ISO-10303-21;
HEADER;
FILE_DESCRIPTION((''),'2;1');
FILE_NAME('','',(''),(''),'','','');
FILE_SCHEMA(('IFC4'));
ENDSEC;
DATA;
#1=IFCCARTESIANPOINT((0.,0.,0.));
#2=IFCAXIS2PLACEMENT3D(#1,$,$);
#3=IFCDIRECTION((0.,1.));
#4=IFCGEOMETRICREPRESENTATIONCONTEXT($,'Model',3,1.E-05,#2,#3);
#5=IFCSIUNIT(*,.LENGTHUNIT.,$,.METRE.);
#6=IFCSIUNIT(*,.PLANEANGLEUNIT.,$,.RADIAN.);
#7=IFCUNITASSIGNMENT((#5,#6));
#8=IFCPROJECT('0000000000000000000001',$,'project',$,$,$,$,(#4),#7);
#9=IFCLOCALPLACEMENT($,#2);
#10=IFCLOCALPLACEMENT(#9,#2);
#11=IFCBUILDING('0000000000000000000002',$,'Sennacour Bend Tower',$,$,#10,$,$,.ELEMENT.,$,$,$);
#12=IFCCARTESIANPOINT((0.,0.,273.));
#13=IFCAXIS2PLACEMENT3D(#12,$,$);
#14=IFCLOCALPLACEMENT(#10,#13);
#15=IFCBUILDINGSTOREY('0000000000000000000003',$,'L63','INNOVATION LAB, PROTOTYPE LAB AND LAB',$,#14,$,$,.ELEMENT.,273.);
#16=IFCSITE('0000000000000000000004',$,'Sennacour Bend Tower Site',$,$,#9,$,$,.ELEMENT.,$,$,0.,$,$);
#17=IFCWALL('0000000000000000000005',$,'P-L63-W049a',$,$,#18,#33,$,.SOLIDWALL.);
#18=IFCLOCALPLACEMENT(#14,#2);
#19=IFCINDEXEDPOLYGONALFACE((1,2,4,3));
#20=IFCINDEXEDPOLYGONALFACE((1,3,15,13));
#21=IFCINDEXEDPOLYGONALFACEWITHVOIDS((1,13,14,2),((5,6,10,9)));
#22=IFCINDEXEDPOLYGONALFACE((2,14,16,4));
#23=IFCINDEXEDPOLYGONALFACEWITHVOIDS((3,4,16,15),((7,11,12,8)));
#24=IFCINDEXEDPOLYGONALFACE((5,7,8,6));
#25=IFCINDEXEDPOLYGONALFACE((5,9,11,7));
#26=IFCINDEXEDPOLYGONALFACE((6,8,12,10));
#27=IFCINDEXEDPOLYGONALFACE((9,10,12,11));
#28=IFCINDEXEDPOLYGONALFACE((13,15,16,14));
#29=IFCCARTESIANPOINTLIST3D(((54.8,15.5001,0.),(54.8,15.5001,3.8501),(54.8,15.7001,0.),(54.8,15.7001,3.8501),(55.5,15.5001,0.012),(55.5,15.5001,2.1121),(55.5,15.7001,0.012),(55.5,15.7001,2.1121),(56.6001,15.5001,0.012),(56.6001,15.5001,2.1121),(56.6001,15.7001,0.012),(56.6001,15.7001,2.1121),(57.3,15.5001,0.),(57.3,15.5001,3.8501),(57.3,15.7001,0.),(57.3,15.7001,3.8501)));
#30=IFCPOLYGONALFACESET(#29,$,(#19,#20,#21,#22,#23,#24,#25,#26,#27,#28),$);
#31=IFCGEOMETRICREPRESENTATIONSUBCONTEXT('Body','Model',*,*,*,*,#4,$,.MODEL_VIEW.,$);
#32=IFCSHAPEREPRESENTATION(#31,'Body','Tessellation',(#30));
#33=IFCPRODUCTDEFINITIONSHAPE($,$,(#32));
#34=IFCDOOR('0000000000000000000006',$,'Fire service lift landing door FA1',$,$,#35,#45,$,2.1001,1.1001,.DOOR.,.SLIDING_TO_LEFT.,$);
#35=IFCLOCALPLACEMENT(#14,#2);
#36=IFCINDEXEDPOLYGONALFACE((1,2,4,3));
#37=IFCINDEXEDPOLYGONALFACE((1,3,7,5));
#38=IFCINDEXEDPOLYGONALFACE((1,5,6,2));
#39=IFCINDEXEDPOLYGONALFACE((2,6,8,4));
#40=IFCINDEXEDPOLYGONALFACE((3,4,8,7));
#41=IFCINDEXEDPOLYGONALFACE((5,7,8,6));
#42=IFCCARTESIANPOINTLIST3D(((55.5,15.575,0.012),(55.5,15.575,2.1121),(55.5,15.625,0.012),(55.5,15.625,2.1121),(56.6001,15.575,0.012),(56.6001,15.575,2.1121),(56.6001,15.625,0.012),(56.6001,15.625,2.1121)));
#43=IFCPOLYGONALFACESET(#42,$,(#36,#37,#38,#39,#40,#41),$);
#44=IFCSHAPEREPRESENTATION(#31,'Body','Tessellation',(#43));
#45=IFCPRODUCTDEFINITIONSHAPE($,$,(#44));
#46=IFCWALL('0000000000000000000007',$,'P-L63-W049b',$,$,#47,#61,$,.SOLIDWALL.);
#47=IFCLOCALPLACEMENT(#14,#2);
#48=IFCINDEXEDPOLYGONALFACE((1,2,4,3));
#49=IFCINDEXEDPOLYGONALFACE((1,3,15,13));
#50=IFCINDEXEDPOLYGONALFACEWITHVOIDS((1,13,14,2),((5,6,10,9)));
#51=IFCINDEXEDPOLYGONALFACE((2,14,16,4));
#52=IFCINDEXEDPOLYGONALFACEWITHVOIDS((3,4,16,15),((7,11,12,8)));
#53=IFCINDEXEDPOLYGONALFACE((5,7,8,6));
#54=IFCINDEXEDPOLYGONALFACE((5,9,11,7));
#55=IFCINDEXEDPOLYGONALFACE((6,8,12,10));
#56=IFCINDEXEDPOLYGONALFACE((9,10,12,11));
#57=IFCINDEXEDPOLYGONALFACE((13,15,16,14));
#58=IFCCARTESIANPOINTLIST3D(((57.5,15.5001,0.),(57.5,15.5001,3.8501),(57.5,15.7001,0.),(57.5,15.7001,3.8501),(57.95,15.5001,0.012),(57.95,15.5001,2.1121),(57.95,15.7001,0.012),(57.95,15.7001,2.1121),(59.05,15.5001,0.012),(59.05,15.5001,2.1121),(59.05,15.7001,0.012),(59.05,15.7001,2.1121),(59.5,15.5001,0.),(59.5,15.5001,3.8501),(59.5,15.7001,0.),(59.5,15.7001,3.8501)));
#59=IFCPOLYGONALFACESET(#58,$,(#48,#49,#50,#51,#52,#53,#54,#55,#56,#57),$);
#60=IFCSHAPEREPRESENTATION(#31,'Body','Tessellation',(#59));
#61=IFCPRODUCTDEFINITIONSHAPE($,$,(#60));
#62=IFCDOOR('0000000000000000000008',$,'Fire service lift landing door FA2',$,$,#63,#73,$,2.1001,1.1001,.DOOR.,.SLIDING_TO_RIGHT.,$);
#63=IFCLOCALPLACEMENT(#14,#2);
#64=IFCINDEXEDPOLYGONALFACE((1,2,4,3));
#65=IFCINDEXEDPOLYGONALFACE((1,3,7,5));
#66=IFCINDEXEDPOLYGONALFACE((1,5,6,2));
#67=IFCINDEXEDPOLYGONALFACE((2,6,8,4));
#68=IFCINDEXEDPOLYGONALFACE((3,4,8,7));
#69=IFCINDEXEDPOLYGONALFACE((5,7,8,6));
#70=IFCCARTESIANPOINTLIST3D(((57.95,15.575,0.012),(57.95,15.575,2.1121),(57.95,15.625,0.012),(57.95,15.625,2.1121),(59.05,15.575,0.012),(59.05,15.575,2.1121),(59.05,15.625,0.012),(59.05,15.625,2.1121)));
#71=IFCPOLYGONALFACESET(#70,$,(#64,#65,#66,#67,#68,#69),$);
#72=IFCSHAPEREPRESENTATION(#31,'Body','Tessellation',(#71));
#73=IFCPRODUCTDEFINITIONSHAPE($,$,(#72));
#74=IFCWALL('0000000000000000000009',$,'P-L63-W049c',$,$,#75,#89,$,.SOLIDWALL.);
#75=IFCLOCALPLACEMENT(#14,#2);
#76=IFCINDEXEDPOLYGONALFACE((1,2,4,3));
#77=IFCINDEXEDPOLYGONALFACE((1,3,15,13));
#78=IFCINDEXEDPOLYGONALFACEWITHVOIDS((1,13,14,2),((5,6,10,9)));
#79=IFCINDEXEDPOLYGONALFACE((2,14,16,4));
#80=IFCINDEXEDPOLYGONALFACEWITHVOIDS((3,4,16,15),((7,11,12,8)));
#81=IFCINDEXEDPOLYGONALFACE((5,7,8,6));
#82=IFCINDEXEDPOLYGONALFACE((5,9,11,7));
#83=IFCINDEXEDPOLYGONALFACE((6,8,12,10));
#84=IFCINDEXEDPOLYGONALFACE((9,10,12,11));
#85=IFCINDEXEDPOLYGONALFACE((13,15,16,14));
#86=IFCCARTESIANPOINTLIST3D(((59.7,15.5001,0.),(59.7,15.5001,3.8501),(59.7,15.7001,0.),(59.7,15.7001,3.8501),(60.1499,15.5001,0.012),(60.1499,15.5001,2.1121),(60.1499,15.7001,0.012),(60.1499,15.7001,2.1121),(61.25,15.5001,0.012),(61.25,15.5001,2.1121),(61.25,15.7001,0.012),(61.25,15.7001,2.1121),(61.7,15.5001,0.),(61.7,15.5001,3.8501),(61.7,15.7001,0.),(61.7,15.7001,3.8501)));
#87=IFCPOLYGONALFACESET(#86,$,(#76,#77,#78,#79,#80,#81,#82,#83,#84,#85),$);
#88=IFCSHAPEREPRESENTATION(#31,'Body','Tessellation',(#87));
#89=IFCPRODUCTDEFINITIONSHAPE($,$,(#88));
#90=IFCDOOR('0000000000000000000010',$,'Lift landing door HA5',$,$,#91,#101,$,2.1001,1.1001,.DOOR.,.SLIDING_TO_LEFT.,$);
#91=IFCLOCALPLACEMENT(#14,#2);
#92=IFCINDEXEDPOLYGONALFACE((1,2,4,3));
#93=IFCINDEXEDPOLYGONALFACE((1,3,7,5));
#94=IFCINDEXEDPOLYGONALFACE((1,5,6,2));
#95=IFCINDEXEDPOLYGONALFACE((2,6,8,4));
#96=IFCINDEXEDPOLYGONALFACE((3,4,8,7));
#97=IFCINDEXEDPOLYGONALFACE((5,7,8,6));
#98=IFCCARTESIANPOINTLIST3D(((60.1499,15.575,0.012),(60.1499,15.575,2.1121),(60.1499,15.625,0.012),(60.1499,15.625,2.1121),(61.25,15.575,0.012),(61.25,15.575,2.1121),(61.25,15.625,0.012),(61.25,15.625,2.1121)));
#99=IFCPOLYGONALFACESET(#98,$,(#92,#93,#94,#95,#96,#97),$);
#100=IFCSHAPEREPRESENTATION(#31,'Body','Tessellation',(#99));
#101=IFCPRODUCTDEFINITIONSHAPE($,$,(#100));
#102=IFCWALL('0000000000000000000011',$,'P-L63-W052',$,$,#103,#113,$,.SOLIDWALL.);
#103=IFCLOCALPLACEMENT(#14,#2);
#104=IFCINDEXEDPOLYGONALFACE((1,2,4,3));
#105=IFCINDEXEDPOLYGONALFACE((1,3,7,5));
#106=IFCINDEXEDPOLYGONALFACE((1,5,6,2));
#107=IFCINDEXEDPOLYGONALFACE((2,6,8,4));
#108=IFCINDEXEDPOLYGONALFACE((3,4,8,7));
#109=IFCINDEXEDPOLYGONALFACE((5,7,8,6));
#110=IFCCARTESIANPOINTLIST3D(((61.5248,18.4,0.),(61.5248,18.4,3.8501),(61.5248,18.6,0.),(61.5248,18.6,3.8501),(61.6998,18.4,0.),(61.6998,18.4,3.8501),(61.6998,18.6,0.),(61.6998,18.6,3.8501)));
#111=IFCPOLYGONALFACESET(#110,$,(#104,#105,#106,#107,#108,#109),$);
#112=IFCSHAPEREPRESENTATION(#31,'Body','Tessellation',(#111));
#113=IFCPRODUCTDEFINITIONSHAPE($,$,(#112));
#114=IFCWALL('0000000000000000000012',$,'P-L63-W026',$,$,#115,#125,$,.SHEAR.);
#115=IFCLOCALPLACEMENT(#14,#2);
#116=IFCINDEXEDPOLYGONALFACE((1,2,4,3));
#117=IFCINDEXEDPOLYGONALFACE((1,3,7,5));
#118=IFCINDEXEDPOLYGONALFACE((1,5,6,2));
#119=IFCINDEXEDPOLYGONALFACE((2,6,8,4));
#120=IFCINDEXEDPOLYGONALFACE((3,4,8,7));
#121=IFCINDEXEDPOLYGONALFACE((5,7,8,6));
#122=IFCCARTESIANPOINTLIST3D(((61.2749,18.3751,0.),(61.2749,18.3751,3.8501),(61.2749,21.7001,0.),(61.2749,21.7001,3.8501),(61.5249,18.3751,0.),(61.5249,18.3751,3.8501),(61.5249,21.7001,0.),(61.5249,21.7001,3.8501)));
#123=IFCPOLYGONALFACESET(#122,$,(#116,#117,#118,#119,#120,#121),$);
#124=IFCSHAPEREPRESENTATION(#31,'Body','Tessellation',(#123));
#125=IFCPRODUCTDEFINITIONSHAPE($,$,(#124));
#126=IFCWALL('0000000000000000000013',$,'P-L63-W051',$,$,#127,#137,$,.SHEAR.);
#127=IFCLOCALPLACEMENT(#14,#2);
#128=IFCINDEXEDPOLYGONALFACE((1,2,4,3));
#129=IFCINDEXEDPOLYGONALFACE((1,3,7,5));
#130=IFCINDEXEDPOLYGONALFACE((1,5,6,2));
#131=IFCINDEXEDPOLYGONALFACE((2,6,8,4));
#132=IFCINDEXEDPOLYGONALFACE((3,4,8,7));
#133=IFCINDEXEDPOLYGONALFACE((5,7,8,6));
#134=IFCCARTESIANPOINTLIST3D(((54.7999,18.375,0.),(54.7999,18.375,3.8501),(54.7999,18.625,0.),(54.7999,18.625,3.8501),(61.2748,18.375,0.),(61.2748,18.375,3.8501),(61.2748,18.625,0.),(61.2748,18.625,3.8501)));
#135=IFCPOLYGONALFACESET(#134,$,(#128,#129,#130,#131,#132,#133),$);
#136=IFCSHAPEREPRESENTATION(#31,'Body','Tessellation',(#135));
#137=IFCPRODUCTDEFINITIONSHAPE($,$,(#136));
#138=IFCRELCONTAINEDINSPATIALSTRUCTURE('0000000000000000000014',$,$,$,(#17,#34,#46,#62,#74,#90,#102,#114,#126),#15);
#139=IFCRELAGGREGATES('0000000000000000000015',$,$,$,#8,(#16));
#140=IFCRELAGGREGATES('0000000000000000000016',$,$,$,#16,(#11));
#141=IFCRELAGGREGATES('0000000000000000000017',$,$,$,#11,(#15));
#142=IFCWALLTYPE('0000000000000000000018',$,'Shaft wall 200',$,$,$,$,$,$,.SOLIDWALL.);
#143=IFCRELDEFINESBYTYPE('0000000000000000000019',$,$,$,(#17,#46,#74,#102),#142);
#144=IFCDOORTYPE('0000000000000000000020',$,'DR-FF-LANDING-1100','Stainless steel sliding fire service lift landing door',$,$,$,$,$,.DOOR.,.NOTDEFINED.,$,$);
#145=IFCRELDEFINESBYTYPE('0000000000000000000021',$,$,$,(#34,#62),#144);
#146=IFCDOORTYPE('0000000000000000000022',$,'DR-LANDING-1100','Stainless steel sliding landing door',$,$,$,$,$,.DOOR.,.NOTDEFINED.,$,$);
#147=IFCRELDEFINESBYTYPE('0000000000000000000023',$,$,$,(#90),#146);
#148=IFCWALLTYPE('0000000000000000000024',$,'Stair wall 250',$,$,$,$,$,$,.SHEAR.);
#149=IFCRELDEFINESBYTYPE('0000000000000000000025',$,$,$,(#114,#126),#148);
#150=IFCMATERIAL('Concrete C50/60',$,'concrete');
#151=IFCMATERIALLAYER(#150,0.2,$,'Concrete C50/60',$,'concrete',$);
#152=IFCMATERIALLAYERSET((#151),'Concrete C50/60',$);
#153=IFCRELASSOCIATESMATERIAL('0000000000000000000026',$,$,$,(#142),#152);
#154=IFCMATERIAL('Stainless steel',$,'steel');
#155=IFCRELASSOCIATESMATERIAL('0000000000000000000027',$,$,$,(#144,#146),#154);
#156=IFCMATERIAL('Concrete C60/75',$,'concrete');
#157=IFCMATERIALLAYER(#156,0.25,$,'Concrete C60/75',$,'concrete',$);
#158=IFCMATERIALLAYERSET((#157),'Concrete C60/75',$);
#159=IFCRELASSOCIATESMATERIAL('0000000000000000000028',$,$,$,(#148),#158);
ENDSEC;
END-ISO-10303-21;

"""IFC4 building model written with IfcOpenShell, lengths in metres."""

from ifc_helpers import new_model, si_unit, direction, frame, frame_2d, origin, place, context, subcontext, project, spatial, rectangle, extrude, material, layer, layer_set, type_object, element, fill, save


model = new_model("IFC4")

# Units and contexts
model_context = context("Model", 3, precision=1e-05, world=origin(), true_north=direction((0.0, 1.0)))
body_context = subcontext(model_context, "Body", "Model", "MODEL_VIEW")
ifc_project = project(units=[si_unit("LENGTHUNIT", "METRE"), si_unit("PLANEANGLEUNIT", "RADIAN")], contexts=[model_context])

# Site, building, storey
site_placement = place(None, origin())
site = spatial("IfcSite", under=ifc_project, at=site_placement, Name="Sennacour Bend Tower Site", CompositionType="ELEMENT", RefElevation=0.0)
building_placement = place(site_placement, origin())
building = spatial("IfcBuilding", under=site, at=building_placement, Name="Sennacour Bend Tower", CompositionType="ELEMENT")
storey_placement = place(building_placement, frame((0.0, 0.0, 273.0)))
storey = spatial("IfcBuildingStorey", under=building, at=storey_placement, Name="L63", Description="INNOVATION LAB, PROTOTYPE LAB AND LAB", CompositionType="ELEMENT", Elevation=273.0)

# Shared definitions
ifc_material_1 = material(Name="Concrete C50/60", Category="concrete")
ifc_layer_1 = layer(ifc_material_1, 0.2, Name="Concrete C50/60", Category="concrete")
ifc_layer_set_1 = layer_set([ifc_layer_1], Name="Concrete C50/60")
wall_type_1 = type_object("IfcWallType", Name="Shaft wall 200", PredefinedType="SOLIDWALL", material=ifc_layer_set_1)

# Walls, openings, doors
wall_1_placement = place(storey_placement, frame((54.8, 15.6001, 0.0), z_axis=(0.0, 0.0, 1.0), x_axis=(1.0, 0.0, 0.0)))
wall_1 = element("IfcWall", 1, at=wall_1_placement, inside=storey, type_object=wall_type_1, Name="P-L63-W049a", PredefinedType="SOLIDWALL", context=body_context, shape_type="SweptSolid", body=[
    extrude(rectangle(XDim=2.5, YDim=0.2, at=frame_2d((1.25, 0.0))), origin(), (0.0, 0.0, 1.0), 3.8501),
])
opening_1_placement = place(wall_1_placement, frame((0.7, 0.0, 0.012)))
opening_1 = element("IfcOpeningElement", 2, at=opening_1_placement, cuts=wall_1, PredefinedType="OPENING", context=body_context, shape_type="SweptSolid", body=[
    extrude(rectangle(XDim=1.1001, YDim=2.1001, at=frame_2d((0.55, 1.05))), frame((0.0, 0.1099, 0.0), z_axis=(0.0, -1.0, 0.0), x_axis=(1.0, 0.0, 0.0)), (0.0, 0.0, 1.0), 0.22),
])
ifc_material_2 = material(Name="Stainless steel", Category="steel")
door_type_1 = type_object("IfcDoorType", Name="DR-FF-LANDING-1100", Description="Stainless steel sliding fire service lift landing door", OperationType="NOTDEFINED", PredefinedType="DOOR", material=ifc_material_2)
door_1_placement = place(opening_1_placement, origin())
door_1 = element("IfcDoor", 3, at=door_1_placement, inside=storey, type_object=door_type_1, Name="Fire service lift landing door FA1", OperationType="SLIDING_TO_LEFT", OverallHeight=2.1001, OverallWidth=1.1001, PredefinedType="DOOR", context=body_context, shape_type="SweptSolid", body=[
    extrude(rectangle(XDim=1.1001, YDim=2.1001, at=frame_2d((0.55, 1.05))), frame((0.0, 0.0249, 0.0), z_axis=(0.0, -1.0, 0.0), x_axis=(1.0, 0.0, 0.0)), (0.0, 0.0, 1.0), 0.05),
])
fill(opening_1, door_1)
wall_2_placement = place(storey_placement, frame((57.5, 15.6001, 0.0), z_axis=(0.0, 0.0, 1.0), x_axis=(1.0, 0.0, 0.0)))
wall_2 = element("IfcWall", 4, at=wall_2_placement, inside=storey, type_object=wall_type_1, Name="P-L63-W049b", PredefinedType="SOLIDWALL", context=body_context, shape_type="SweptSolid", body=[
    extrude(rectangle(XDim=2.0, YDim=0.2, at=frame_2d((1.0, 0.0))), origin(), (0.0, 0.0, 1.0), 3.8501),
])
opening_2_placement = place(wall_2_placement, frame((0.45, 0.0, 0.012)))
opening_2 = element("IfcOpeningElement", 5, at=opening_2_placement, cuts=wall_2, PredefinedType="OPENING", context=body_context, shape_type="SweptSolid", body=[
    extrude(rectangle(XDim=1.1001, YDim=2.1001, at=frame_2d((0.55, 1.05))), frame((0.0, 0.1099, 0.0), z_axis=(0.0, -1.0, 0.0), x_axis=(1.0, 0.0, 0.0)), (0.0, 0.0, 1.0), 0.22),
])
door_2_placement = place(opening_2_placement, origin())
door_2 = element("IfcDoor", 6, at=door_2_placement, inside=storey, type_object=door_type_1, Name="Fire service lift landing door FA2", OperationType="SLIDING_TO_RIGHT", OverallHeight=2.1001, OverallWidth=1.1001, PredefinedType="DOOR", context=body_context, shape_type="SweptSolid", body=[
    extrude(rectangle(XDim=1.1001, YDim=2.1001, at=frame_2d((0.55, 1.05))), frame((0.0, 0.0249, 0.0), z_axis=(0.0, -1.0, 0.0), x_axis=(1.0, 0.0, 0.0)), (0.0, 0.0, 1.0), 0.05),
])
fill(opening_2, door_2)
wall_3_placement = place(storey_placement, frame((59.7, 15.6001, 0.0), z_axis=(0.0, 0.0, 1.0), x_axis=(1.0, 0.0, 0.0)))
wall_3 = element("IfcWall", 7, at=wall_3_placement, inside=storey, type_object=wall_type_1, Name="P-L63-W049c", PredefinedType="SOLIDWALL", context=body_context, shape_type="SweptSolid", body=[
    extrude(rectangle(XDim=2.0, YDim=0.2, at=frame_2d((1.0, 0.0))), origin(), (0.0, 0.0, 1.0), 3.8501),
])
opening_3_placement = place(wall_3_placement, frame((0.45, 0.0, 0.012)))
opening_3 = element("IfcOpeningElement", 8, at=opening_3_placement, cuts=wall_3, PredefinedType="OPENING", context=body_context, shape_type="SweptSolid", body=[
    extrude(rectangle(XDim=1.1001, YDim=2.1001, at=frame_2d((0.55, 1.05))), frame((0.0, 0.1099, 0.0), z_axis=(0.0, -1.0, 0.0), x_axis=(1.0, 0.0, 0.0)), (0.0, 0.0, 1.0), 0.22),
])
door_type_2 = type_object("IfcDoorType", Name="DR-LANDING-1100", Description="Stainless steel sliding landing door", OperationType="NOTDEFINED", PredefinedType="DOOR", material=ifc_material_2)
door_3_placement = place(opening_3_placement, origin())
door_3 = element("IfcDoor", 9, at=door_3_placement, inside=storey, type_object=door_type_2, Name="Lift landing door HA5", OperationType="SLIDING_TO_LEFT", OverallHeight=2.1001, OverallWidth=1.1001, PredefinedType="DOOR", context=body_context, shape_type="SweptSolid", body=[
    extrude(rectangle(XDim=1.1001, YDim=2.1001, at=frame_2d((0.55, 1.05))), frame((0.0, 0.0249, 0.0), z_axis=(0.0, -1.0, 0.0), x_axis=(1.0, 0.0, 0.0)), (0.0, 0.0, 1.0), 0.05),
])
fill(opening_3, door_3)

# Walls
wall_4_placement = place(storey_placement, frame((61.5249, 18.5, 0.0), z_axis=(0.0, 0.0, 1.0), x_axis=(1.0, 0.0, 0.0)))
element("IfcWall", 10, at=wall_4_placement, inside=storey, type_object=wall_type_1, Name="P-L63-W052", PredefinedType="SOLIDWALL", context=body_context, shape_type="SweptSolid", body=[
    extrude(rectangle(XDim=0.175, YDim=0.2, at=frame_2d((0.0874, 0.0))), origin(), (0.0, 0.0, 1.0), 3.8501),
])
ifc_material_3 = material(Name="Concrete C60/75", Category="concrete")
ifc_layer_2 = layer(ifc_material_3, 0.25, Name="Concrete C60/75", Category="concrete")
ifc_layer_set_2 = layer_set([ifc_layer_2], Name="Concrete C60/75")
wall_type_2 = type_object("IfcWallType", Name="Stair wall 250", PredefinedType="SHEAR", material=ifc_layer_set_2)
wall_5_placement = place(storey_placement, frame((61.3999, 18.375, 0.0), z_axis=(0.0, 0.0, 1.0), x_axis=(0.0, 1.0, 0.0)))
element("IfcWall", 11, at=wall_5_placement, inside=storey, type_object=wall_type_2, Name="P-L63-W026", PredefinedType="SHEAR", context=body_context, shape_type="SweptSolid", body=[
    extrude(rectangle(XDim=3.325, YDim=0.25, at=frame_2d((1.6626, 0.0))), origin(), (0.0, 0.0, 1.0), 3.8501),
])
wall_6_placement = place(storey_placement, frame((54.8, 18.5, 0.0), z_axis=(0.0, 0.0, 1.0), x_axis=(1.0, 0.0, 0.0)))
element("IfcWall", 12, at=wall_6_placement, inside=storey, type_object=wall_type_2, Name="P-L63-W051", PredefinedType="SHEAR", context=body_context, shape_type="SweptSolid", body=[
    extrude(rectangle(XDim=6.4749, YDim=0.25, at=frame_2d((3.2373, 0.0))), origin(), (0.0, 0.0, 1.0), 3.8501),
])

save(model, "model.ifc")
